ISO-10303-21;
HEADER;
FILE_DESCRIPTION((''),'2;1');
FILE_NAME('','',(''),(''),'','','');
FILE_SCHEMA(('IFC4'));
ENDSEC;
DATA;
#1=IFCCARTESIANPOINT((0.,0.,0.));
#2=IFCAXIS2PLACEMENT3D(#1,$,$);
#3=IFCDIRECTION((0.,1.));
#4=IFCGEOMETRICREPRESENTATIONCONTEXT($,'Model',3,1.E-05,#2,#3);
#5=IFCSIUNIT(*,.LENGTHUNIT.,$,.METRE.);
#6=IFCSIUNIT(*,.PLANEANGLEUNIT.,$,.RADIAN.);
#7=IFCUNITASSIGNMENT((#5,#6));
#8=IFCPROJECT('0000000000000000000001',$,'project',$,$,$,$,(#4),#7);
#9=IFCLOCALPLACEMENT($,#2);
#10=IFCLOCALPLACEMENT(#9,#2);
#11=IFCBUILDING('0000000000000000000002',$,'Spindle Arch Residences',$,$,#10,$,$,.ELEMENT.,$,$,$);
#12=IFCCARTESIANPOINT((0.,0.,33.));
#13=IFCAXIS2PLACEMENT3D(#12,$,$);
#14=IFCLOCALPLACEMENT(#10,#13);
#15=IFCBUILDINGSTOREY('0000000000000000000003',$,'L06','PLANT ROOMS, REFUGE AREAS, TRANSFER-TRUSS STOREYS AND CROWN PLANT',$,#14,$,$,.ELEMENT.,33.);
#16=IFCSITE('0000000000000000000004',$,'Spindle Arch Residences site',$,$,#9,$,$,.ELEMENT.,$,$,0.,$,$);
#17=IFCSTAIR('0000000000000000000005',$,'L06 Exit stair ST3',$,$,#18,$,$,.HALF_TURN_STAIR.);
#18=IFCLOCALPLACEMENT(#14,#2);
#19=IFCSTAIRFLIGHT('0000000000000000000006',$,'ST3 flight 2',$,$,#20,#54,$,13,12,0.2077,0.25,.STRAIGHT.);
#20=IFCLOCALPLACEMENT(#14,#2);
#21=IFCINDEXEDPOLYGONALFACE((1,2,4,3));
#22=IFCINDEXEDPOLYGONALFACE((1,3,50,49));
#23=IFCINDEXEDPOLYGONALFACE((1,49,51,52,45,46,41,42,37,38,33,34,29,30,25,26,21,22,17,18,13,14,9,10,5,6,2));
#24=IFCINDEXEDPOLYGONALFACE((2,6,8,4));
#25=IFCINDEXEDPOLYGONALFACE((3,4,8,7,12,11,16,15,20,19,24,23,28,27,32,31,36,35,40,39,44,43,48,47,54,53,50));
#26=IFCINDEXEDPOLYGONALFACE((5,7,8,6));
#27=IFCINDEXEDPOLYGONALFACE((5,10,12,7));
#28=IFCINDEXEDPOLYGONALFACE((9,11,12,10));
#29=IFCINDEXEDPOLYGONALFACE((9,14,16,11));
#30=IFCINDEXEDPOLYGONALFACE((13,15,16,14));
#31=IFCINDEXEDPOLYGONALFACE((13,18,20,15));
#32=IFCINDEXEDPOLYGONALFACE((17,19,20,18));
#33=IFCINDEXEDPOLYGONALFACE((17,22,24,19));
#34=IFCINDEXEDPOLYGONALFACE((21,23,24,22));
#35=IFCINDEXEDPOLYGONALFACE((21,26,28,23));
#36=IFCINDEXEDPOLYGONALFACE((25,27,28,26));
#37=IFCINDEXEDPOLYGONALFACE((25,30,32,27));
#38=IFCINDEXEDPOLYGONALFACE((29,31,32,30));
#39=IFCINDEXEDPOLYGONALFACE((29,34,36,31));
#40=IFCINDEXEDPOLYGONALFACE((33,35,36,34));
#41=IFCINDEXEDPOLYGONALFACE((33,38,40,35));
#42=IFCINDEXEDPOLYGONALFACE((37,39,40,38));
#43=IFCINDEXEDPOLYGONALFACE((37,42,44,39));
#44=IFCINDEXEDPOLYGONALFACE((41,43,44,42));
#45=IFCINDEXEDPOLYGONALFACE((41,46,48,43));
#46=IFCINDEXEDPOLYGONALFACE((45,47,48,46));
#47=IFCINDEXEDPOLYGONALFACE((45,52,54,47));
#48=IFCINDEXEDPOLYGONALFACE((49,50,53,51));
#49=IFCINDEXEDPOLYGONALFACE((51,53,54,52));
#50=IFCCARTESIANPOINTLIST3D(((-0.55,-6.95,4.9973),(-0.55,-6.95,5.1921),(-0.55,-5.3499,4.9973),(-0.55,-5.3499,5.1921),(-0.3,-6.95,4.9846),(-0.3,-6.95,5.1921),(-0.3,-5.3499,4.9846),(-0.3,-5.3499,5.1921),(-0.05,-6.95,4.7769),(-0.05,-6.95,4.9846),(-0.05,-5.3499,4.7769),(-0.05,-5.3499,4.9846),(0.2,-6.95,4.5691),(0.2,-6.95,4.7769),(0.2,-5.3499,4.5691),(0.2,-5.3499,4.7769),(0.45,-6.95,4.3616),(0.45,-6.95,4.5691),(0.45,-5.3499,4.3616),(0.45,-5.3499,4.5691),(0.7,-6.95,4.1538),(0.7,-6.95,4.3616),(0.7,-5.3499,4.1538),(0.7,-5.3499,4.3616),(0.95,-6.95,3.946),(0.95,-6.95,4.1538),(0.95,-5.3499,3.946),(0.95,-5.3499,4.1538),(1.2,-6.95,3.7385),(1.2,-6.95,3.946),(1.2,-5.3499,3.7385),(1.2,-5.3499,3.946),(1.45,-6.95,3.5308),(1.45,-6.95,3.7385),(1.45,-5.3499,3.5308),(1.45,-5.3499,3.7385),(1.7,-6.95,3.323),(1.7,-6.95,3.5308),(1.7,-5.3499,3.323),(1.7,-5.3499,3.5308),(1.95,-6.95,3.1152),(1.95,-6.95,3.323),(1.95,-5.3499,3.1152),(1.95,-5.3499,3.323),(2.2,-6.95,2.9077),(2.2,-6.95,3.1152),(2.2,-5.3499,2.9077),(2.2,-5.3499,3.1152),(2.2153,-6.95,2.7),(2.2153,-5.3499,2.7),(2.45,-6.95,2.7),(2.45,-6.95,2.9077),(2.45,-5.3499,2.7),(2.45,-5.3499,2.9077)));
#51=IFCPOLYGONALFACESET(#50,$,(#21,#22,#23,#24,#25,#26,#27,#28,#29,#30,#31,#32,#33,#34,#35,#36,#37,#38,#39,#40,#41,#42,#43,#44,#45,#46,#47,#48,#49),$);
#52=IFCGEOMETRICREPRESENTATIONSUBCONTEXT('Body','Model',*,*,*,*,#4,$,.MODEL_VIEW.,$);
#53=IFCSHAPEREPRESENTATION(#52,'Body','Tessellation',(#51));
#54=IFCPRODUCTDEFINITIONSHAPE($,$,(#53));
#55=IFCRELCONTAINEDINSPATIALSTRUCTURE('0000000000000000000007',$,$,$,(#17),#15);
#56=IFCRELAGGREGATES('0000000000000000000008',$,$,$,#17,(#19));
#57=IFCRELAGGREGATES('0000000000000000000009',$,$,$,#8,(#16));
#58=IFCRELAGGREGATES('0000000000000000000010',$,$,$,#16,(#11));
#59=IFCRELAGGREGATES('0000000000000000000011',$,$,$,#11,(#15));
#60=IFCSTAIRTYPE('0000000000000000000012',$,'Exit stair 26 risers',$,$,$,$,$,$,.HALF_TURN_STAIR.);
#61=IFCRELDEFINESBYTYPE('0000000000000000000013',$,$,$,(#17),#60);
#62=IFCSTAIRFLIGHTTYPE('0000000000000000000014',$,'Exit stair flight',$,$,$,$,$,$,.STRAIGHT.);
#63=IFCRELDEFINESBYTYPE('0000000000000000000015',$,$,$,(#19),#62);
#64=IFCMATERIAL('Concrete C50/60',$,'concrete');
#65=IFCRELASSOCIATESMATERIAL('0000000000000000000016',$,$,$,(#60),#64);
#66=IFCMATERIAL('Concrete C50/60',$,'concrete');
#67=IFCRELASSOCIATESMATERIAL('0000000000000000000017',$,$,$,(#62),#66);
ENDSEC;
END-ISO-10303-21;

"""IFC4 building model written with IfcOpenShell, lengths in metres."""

from ifc_helpers import new_model, si_unit, direction, frame, origin, place, context, subcontext, project, spatial, polyline, outline, extrude, material, type_object, element, aggregate, save


model = new_model("IFC4")

# Units and contexts
model_context = context("Model", 3, precision=1e-05, world=origin(), true_north=direction((0.0, 1.0)))
body_context = subcontext(model_context, "Body", "Model", "MODEL_VIEW")
ifc_project = project(units=[si_unit("LENGTHUNIT", "METRE"), si_unit("PLANEANGLEUNIT", "RADIAN")], contexts=[model_context])

# Site, building, storey
site_placement = place(None, origin())
site = spatial("IfcSite", under=ifc_project, at=site_placement, Name="Spindle Arch Residences site", CompositionType="ELEMENT", RefElevation=0.0)
building_placement = place(site_placement, origin())
building = spatial("IfcBuilding", under=site, at=building_placement, Name="Spindle Arch Residences", CompositionType="ELEMENT")
storey_placement = place(building_placement, frame((0.0, 0.0, 33.0)))
storey = spatial("IfcBuildingStorey", under=building, at=storey_placement, Name="L06", Description="PLANT ROOMS, REFUGE AREAS, TRANSFER-TRUSS STOREYS AND CROWN PLANT", CompositionType="ELEMENT", Elevation=33.0)

# Stair, stair flight
ifc_material_1 = material(Name="Concrete C50/60", Category="concrete")
stair_type = type_object("IfcStairType", Name="Exit stair 26 risers", PredefinedType="HALF_TURN_STAIR", material=ifc_material_1)
stair_placement = place(storey_placement, origin())
stair = element("IfcStair", 1, at=stair_placement, inside=storey, type_object=stair_type, Name="L06 Exit stair ST3", PredefinedType="HALF_TURN_STAIR")
ifc_material_2 = material(Name="Concrete C50/60", Category="concrete")
stair_flight_type = type_object("IfcStairFlightType", Name="Exit stair flight", PredefinedType="STRAIGHT", material=ifc_material_2)
stair_flight_placement = place(storey_placement, frame((2.45, -6.1499, 2.7), z_axis=(0.0, 0.0, 1.0), x_axis=(-1.0, 0.0, 0.0)))
stair_flight = element("IfcStairFlight", 2, at=stair_flight_placement, type_object=stair_flight_type, Name="ST3 flight 2", NumberOfRisers=13, NumberOfTreads=12, PredefinedType="STRAIGHT", RiserHeight=0.2077, TreadLength=0.25, context=body_context, shape_type="SweptSolid", body=[
    extrude(outline(polyline([(0.0, 0.0), (0.0, 0.2078), (0.25, 0.2078), (0.25, 0.4153), (0.5, 0.4153), (0.5, 0.623), (0.75, 0.623), (0.75, 0.8308), (1.0, 0.8308), (1.0, 1.0386), (1.25, 1.0386), (1.25, 1.2461), (1.5, 1.2461), (1.5, 1.4539), (1.75, 1.4539), (1.75, 1.6616), (2.0, 1.6616), (2.0, 1.8691), (2.25, 1.8691), (2.25, 2.0769), (2.5, 2.0769), (2.5, 2.2847), (2.75, 2.2847), (2.75, 2.4922), (3.0, 2.4922), (3.0, 2.7), (3.0, 2.2974), (0.2346, 0.0), (0.0, 0.0)])), frame((0.0, 0.8, 0.0), z_axis=(0.0, -1.0, 0.0), x_axis=(1.0, 0.0, 0.0)), (0.0, 0.0, 1.0), 1.6001),
])
aggregate(stair, [stair_flight])

save(model, "model.ifc")
